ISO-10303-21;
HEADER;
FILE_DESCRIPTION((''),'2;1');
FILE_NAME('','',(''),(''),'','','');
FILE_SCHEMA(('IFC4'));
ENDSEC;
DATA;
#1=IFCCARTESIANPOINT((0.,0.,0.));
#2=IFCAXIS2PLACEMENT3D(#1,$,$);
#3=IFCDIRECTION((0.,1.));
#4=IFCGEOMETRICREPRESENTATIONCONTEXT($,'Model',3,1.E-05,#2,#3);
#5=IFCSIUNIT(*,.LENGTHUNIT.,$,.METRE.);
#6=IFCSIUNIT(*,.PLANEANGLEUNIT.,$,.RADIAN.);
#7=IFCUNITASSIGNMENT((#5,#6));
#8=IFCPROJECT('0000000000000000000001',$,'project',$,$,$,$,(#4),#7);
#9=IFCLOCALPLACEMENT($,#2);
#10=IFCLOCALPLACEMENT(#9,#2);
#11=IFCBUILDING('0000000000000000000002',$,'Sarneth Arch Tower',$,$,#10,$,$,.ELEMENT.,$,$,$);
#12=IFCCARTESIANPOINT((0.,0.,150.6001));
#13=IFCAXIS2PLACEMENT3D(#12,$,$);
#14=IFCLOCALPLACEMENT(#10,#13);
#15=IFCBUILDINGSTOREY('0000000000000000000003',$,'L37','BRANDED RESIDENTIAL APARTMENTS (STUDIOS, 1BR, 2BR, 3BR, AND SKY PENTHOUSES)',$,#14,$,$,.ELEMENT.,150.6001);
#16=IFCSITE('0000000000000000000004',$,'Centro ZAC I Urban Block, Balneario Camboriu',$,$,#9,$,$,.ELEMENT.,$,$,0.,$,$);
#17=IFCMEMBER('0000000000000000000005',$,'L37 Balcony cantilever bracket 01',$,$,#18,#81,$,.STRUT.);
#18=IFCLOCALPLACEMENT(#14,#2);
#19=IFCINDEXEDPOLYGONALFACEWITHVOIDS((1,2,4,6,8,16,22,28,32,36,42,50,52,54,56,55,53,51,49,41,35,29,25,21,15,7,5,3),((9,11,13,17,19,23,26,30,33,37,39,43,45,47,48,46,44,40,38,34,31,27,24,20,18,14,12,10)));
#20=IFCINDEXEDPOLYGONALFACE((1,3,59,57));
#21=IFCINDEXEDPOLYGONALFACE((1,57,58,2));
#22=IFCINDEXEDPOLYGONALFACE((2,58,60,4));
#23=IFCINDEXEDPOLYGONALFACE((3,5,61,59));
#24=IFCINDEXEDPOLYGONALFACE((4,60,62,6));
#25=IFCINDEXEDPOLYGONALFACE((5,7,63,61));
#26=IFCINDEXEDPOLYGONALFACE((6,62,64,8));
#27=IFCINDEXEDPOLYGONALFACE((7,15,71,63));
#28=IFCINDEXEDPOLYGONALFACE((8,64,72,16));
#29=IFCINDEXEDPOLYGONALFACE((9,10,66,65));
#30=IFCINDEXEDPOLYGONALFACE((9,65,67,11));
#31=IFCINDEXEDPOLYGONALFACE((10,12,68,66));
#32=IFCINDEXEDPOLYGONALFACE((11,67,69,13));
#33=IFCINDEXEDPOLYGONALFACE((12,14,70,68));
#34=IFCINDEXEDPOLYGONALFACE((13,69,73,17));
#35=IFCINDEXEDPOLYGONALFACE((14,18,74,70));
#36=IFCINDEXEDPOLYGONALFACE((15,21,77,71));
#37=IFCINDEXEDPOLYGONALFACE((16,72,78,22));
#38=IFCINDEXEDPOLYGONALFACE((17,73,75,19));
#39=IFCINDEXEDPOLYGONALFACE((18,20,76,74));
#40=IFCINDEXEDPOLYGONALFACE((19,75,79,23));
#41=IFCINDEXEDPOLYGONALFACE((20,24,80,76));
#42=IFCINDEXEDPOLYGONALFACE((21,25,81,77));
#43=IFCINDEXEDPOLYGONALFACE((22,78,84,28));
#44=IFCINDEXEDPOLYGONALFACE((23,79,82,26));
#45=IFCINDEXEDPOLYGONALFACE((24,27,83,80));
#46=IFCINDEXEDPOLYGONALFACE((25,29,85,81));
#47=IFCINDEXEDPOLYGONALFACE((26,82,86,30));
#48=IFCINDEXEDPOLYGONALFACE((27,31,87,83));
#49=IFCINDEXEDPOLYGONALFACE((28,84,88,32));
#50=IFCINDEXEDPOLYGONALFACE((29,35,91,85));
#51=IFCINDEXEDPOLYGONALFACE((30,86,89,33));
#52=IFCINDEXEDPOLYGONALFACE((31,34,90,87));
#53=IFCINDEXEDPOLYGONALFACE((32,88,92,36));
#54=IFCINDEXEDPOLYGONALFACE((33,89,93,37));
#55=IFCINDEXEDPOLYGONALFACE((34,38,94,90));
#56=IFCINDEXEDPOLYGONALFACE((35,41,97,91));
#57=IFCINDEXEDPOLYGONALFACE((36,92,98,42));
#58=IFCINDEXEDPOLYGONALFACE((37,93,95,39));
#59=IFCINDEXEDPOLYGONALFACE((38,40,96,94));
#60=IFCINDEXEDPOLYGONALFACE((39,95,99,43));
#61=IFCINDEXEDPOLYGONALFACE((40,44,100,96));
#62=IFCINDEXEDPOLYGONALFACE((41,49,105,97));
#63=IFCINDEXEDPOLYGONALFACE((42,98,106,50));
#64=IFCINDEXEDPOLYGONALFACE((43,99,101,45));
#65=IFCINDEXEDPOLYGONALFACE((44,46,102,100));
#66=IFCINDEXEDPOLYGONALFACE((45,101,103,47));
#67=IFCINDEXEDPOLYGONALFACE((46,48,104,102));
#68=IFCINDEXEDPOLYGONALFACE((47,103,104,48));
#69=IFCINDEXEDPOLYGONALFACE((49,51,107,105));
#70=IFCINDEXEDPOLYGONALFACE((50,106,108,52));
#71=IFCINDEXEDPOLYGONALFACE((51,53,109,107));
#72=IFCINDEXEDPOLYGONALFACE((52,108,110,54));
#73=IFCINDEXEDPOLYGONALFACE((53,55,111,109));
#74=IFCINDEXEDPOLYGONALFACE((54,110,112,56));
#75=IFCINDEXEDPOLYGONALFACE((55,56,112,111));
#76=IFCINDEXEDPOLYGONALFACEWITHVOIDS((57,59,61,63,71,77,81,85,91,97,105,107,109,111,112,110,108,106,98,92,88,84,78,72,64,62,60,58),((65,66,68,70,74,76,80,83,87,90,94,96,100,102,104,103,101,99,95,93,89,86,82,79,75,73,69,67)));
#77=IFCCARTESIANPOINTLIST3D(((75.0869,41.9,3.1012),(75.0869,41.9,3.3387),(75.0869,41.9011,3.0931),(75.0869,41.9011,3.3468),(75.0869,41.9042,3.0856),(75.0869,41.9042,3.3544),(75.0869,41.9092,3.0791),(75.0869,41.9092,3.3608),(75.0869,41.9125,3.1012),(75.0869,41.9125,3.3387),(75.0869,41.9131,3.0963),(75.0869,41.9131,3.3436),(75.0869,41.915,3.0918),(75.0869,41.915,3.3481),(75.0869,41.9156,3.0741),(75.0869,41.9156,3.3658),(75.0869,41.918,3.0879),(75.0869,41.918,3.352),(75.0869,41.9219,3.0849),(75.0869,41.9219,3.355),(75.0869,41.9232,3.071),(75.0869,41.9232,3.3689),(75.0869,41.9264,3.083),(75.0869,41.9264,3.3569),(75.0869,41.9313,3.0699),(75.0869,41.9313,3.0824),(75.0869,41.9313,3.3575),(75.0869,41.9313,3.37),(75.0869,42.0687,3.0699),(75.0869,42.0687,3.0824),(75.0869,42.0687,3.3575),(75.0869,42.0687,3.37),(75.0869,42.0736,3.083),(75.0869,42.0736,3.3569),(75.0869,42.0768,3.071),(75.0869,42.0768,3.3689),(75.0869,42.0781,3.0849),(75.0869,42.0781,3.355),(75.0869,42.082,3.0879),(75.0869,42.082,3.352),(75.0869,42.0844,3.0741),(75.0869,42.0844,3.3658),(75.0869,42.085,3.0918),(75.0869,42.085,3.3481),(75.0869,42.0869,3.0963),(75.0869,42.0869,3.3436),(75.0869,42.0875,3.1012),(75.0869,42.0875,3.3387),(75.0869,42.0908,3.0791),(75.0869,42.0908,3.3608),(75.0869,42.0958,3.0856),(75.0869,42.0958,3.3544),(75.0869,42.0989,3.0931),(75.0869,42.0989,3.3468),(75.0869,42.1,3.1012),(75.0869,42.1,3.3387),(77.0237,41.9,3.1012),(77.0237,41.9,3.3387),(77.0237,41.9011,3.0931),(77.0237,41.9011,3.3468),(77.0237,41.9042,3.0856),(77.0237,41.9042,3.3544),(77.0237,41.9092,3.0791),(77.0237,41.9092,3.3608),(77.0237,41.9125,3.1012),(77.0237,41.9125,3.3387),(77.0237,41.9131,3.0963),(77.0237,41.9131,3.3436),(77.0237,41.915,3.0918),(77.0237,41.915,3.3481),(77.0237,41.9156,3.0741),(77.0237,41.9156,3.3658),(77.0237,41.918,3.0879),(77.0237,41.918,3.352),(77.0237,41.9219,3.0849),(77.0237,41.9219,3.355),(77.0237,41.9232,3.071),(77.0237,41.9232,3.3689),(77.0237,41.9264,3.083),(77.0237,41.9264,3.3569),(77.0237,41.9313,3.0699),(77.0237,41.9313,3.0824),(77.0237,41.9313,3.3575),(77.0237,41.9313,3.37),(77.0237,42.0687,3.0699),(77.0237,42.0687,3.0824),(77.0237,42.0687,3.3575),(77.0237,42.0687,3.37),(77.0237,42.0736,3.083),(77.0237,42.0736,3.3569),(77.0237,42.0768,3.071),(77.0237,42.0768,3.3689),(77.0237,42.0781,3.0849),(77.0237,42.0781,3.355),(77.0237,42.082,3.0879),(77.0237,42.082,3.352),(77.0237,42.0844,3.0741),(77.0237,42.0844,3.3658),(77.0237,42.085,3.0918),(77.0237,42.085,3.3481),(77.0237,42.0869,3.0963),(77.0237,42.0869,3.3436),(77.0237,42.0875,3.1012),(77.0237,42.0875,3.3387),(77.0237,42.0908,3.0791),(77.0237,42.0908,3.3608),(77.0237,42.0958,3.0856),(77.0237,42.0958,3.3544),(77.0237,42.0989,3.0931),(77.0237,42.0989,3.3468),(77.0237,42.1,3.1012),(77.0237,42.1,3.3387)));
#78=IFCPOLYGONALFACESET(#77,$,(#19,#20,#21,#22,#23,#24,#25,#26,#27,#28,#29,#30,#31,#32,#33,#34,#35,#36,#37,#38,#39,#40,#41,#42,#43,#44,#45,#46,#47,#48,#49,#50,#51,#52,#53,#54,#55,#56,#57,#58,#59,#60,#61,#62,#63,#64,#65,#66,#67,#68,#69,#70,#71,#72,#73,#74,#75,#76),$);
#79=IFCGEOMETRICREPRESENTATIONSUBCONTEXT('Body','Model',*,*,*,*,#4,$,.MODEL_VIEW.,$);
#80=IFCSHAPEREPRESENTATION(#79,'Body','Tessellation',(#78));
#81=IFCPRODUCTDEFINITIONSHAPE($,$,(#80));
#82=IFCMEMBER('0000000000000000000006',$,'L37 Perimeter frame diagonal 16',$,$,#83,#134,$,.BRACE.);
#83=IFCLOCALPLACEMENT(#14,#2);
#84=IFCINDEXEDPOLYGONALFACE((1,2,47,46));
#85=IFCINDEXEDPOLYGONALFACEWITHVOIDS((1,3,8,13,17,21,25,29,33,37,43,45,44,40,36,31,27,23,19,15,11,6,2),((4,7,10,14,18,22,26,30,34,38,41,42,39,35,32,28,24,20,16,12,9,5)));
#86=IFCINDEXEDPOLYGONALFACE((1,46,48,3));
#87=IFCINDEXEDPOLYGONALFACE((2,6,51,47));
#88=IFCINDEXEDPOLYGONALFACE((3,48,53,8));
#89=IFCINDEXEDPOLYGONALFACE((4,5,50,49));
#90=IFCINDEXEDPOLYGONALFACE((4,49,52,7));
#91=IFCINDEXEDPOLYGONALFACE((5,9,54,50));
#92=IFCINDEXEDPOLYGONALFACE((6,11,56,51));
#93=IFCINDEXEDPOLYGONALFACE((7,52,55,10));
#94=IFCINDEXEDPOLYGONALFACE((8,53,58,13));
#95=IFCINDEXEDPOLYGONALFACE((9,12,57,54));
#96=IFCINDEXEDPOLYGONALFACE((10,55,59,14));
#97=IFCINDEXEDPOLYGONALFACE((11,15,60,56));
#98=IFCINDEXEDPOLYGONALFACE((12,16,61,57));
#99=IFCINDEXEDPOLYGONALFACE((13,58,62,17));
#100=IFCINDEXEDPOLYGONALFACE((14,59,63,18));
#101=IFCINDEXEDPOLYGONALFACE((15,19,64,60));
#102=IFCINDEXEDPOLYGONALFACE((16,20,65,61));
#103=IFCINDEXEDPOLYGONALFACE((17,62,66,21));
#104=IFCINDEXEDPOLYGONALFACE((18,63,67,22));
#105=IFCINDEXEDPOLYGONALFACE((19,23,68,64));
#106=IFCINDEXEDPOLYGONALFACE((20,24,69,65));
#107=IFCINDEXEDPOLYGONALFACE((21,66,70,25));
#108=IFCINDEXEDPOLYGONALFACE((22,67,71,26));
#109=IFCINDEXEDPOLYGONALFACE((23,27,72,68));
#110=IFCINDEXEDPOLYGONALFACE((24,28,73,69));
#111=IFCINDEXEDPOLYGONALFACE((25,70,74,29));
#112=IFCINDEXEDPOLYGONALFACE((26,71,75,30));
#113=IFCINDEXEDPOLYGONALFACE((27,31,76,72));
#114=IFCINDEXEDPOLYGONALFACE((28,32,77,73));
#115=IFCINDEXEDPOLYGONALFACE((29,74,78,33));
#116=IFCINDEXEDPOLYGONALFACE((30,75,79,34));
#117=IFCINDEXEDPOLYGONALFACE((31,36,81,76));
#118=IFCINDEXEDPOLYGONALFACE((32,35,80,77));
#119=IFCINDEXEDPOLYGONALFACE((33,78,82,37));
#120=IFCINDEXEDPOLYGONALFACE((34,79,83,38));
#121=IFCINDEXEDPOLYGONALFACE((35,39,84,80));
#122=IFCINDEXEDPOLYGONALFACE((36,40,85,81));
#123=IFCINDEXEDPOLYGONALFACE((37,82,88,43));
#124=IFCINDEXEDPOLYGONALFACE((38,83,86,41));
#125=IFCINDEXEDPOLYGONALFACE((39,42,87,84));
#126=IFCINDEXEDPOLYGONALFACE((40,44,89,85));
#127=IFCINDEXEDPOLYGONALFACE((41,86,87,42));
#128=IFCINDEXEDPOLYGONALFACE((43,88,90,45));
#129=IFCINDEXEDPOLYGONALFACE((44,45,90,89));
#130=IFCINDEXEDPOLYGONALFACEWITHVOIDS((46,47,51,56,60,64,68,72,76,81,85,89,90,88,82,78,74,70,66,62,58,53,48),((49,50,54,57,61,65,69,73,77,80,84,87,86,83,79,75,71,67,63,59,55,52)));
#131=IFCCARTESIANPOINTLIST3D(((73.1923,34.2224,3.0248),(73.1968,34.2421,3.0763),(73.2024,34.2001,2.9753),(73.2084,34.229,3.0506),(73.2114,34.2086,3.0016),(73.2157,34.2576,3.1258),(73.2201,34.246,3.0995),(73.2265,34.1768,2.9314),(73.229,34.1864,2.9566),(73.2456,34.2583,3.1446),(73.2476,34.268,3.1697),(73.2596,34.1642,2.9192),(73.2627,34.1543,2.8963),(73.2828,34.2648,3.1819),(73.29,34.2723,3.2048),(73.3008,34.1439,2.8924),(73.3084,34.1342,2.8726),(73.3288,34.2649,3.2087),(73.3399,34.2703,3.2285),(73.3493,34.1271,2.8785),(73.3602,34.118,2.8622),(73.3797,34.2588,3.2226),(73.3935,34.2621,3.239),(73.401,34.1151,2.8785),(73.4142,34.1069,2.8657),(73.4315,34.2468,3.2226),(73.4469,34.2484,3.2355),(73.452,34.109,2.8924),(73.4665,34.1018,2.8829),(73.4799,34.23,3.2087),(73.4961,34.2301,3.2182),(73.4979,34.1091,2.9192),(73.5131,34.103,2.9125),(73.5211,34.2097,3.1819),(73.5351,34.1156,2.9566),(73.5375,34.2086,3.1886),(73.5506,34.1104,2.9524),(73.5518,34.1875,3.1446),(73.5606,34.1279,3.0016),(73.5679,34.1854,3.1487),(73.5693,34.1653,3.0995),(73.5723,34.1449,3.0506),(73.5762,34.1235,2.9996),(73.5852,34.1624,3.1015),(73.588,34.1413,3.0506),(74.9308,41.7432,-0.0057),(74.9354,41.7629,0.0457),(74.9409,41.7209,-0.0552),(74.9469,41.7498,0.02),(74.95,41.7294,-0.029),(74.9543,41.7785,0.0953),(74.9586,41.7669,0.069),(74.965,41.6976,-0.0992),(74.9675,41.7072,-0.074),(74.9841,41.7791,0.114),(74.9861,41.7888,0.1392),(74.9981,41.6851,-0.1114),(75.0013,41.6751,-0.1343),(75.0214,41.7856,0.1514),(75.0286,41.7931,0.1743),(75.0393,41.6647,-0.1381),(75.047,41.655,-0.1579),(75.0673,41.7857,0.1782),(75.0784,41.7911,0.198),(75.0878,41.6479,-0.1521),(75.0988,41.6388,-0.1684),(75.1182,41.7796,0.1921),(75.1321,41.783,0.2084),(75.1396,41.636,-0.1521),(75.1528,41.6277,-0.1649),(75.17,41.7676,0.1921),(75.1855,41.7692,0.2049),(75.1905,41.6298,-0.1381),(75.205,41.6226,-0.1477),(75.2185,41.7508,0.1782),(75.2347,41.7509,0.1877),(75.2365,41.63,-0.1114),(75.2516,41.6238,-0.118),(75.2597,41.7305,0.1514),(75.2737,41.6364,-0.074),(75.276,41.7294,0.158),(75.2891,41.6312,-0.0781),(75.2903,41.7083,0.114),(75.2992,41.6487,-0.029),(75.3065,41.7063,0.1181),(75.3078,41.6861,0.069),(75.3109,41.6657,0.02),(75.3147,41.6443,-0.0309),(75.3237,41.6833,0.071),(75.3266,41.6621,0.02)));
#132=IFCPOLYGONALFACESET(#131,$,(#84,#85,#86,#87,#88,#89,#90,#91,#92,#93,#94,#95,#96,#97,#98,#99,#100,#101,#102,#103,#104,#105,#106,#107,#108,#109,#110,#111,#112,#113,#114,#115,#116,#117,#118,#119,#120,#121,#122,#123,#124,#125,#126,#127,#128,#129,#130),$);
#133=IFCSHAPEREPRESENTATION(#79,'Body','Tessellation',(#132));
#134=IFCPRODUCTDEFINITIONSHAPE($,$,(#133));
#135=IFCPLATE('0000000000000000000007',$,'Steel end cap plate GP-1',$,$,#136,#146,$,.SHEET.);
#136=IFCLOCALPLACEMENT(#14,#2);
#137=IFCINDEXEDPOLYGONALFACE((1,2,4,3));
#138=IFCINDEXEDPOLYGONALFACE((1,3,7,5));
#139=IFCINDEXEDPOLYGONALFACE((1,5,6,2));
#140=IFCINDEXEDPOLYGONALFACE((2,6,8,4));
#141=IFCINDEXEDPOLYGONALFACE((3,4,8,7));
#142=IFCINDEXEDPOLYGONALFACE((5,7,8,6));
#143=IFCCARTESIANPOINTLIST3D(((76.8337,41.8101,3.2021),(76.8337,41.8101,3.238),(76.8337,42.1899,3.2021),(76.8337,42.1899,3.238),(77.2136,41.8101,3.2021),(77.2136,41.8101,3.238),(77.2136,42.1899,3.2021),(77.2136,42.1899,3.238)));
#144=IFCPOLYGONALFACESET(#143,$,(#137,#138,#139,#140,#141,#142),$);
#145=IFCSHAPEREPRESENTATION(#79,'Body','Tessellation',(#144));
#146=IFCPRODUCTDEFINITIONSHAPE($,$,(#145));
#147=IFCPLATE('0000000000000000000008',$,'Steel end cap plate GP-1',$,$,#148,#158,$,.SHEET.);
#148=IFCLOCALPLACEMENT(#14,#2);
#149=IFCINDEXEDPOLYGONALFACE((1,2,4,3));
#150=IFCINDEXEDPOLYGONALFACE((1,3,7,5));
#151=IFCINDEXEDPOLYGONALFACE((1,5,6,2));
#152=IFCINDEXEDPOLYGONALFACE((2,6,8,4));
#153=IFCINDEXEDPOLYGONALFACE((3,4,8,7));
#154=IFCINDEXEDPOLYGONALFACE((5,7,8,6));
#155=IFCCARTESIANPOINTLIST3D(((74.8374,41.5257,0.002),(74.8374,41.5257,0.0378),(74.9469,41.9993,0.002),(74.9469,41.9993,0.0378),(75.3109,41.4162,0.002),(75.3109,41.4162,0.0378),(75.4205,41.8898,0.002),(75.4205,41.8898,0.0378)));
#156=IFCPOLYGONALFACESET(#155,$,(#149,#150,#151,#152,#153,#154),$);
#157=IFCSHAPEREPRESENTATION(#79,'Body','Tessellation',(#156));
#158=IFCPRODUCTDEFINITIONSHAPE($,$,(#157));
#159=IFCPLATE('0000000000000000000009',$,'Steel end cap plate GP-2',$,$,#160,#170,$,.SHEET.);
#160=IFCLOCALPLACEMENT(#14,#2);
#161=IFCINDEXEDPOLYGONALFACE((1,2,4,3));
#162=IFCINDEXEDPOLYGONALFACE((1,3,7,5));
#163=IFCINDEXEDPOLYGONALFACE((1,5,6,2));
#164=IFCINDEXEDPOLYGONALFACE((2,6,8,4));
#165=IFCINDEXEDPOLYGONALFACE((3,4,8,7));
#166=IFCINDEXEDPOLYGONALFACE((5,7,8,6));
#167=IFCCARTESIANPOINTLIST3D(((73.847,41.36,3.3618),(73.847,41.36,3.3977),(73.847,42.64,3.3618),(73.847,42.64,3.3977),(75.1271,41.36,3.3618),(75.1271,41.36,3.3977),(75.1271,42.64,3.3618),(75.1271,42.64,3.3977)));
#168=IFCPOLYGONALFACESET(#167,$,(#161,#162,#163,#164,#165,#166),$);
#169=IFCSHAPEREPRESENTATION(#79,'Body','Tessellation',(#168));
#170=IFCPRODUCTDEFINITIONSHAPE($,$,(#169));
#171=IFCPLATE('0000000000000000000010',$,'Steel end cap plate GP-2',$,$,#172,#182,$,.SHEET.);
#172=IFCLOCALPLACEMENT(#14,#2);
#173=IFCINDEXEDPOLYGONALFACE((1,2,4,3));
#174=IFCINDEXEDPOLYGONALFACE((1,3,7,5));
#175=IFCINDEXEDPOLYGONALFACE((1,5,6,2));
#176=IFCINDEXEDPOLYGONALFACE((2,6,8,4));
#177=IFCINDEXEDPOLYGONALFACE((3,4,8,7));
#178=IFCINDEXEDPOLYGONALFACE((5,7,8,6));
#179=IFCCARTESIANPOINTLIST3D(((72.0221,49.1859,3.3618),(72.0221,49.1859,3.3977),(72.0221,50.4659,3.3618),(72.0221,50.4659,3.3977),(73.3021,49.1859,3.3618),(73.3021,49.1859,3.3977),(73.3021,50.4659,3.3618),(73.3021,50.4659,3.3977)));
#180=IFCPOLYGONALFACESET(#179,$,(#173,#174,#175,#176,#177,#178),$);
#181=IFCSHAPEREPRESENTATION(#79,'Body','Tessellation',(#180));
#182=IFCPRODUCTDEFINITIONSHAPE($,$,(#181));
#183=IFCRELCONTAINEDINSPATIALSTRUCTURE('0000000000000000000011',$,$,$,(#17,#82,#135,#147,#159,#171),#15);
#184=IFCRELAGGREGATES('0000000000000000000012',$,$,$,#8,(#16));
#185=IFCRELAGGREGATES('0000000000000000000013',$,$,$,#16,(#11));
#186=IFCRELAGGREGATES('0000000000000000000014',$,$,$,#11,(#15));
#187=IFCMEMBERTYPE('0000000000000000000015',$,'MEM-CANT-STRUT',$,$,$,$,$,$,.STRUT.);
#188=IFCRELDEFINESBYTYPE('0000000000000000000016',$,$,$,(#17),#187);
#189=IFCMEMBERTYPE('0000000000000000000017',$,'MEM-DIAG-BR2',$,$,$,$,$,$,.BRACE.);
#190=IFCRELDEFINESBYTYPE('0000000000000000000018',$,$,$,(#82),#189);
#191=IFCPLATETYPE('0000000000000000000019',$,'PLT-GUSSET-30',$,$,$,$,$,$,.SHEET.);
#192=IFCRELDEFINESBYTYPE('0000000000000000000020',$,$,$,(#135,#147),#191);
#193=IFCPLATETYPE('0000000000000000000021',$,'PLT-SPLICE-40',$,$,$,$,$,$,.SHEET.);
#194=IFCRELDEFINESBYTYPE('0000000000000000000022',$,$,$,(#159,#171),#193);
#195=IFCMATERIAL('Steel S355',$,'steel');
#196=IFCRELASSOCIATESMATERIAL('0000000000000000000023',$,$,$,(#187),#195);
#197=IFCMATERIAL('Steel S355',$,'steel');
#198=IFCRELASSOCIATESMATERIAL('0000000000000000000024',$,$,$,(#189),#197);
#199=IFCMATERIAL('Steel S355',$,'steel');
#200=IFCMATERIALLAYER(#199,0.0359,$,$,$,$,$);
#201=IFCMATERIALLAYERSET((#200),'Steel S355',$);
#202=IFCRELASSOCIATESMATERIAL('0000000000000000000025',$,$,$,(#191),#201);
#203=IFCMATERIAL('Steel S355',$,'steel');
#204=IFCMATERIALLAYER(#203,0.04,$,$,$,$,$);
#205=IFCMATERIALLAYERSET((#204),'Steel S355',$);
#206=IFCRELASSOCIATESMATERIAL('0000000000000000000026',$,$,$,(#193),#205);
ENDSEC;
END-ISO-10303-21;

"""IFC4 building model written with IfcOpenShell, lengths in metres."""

from ifc_helpers import new_model, si_unit, direction, frame, origin, origin_2d, place, context, subcontext, project, spatial, rectangle, hollow_rectangle, hollow_circle, extrude, material, layer, layer_set, material_profile, profile_set, type_object, element, save


model = new_model("IFC4")

# Units and contexts
model_context = context("Model", 3, precision=1e-05, world=origin(), true_north=direction((0.0, 1.0)))
body_context = subcontext(model_context, "Body", "Model", "MODEL_VIEW")
ifc_project = project(units=[si_unit("LENGTHUNIT", "METRE"), si_unit("PLANEANGLEUNIT", "RADIAN")], contexts=[model_context])

# Site, building, storey
site_placement = place(None, origin())
site = spatial("IfcSite", under=ifc_project, at=site_placement, Name="Centro ZAC I Urban Block, Balneario Camboriu", CompositionType="ELEMENT", RefElevation=0.0)
building_placement = place(site_placement, origin())
building = spatial("IfcBuilding", under=site, at=building_placement, Name="Sarneth Arch Tower", CompositionType="ELEMENT")
storey_placement = place(building_placement, frame((0.0, 0.0, 150.6001)))
storey = spatial("IfcBuildingStorey", under=building, at=storey_placement, Name="L37", Description="BRANDED RESIDENTIAL APARTMENTS (STUDIOS, 1BR, 2BR, 3BR, AND SKY PENTHOUSES)", CompositionType="ELEMENT", Elevation=150.6001)

# Members
ifc_material_1 = material(Name="Steel S355", Category="steel")
ifc_material_profile_1 = material_profile(ifc_material_1, hollow_rectangle(XDim=0.2, YDim=0.3, WallThickness=0.0125, InnerFilletRadius=0.0188, OuterFilletRadius=0.0312, at=origin_2d()), Name="RHS300x200x12.5")
ifc_profile_set_1 = profile_set([ifc_material_profile_1], Name="Steel S355")
member_type_1 = type_object("IfcMemberType", Name="MEM-CANT-STRUT", PredefinedType="STRUT", material=ifc_profile_set_1)
member_1_placement = place(storey_placement, frame((75.0869, 42.0, 3.22), z_axis=(1.0, 0.0, 0.0), x_axis=(0.0, 1.0, 0.0)))
element("IfcMember", 1, at=member_1_placement, inside=storey, type_object=member_type_1, Name="L37 Balcony cantilever bracket 01", PredefinedType="STRUT", context=body_context, shape_type="SweptSolid", body=[
    extrude(hollow_rectangle(XDim=0.2, YDim=0.3, WallThickness=0.0125, InnerFilletRadius=0.0188, OuterFilletRadius=0.0312, at=origin_2d()), origin(), (0.0, 0.0, 1.0), 1.9368),
])
ifc_material_2 = material(Name="Steel S355", Category="steel")
ifc_material_profile_2 = material_profile(ifc_material_2, hollow_circle(Radius=0.2029, WallThickness=0.0161, at=origin_2d()), Name="CHS406x16")
ifc_profile_set_2 = profile_set([ifc_material_profile_2], Name="Steel S355")
member_type_2 = type_object("IfcMemberType", Name="MEM-DIAG-BR2", PredefinedType="BRACE", material=ifc_profile_set_2)
member_2_placement = place(storey_placement, frame((75.1289, 41.7078, 0.02), z_axis=(-0.209646, -0.906917, 0.365446), x_axis=(0.974307, -0.225224, 0.0)))
element("IfcMember", 2, at=member_2_placement, inside=storey, type_object=member_type_2, Name="L37 Perimeter frame diagonal 16", PredefinedType="BRACE", context=body_context, shape_type="SweptSolid", body=[
    extrude(hollow_circle(Radius=0.2029, WallThickness=0.0161, at=origin_2d()), origin(), (0.0, 0.0, 1.0), 8.2927),
])

# Plates
ifc_material_3 = material(Name="Steel S355", Category="steel")
ifc_layer_1 = layer(ifc_material_3, 0.0359)
ifc_layer_set_1 = layer_set([ifc_layer_1], Name="Steel S355")
plate_type_1 = type_object("IfcPlateType", Name="PLT-GUSSET-30", PredefinedType="SHEET", material=ifc_layer_set_1)
plate_1_placement = place(storey_placement, frame((77.0237, 42.0, 3.2021), z_axis=(0.0, 0.0, 1.0), x_axis=(1.0, 0.0, 0.0)))
element("IfcPlate", 3, at=plate_1_placement, inside=storey, type_object=plate_type_1, Name="Steel end cap plate GP-1", PredefinedType="SHEET", context=body_context, shape_type="SweptSolid", body=[
    extrude(rectangle(XDim=0.3799, YDim=0.3799, at=origin_2d()), origin(), (0.0, 0.0, 1.0), 0.0359),
])
plate_2_placement = place(storey_placement, frame((75.1289, 41.7078, 0.002), z_axis=(0.0, 0.0, 1.0), x_axis=(0.225291, 0.974291, 0.0)))
element("IfcPlate", 4, at=plate_2_placement, inside=storey, type_object=plate_type_1, Name="Steel end cap plate GP-1", PredefinedType="SHEET", context=body_context, shape_type="SweptSolid", body=[
    extrude(rectangle(XDim=0.4861, YDim=0.4861, at=origin_2d()), origin(), (0.0, 0.0, 1.0), 0.0359),
])
ifc_material_4 = material(Name="Steel S355", Category="steel")
ifc_layer_2 = layer(ifc_material_4, 0.04)
ifc_layer_set_2 = layer_set([ifc_layer_2], Name="Steel S355")
plate_type_2 = type_object("IfcPlateType", Name="PLT-SPLICE-40", PredefinedType="SHEET", material=ifc_layer_set_2)
for number, where, z_axis, x_axis, name in (
    (5, (74.4871, 42.0, 3.3618), (0.0, 0.0, 1.0), (1.0, 0.0, 0.0), "Steel end cap plate GP-2"),
    (6, (72.6621, 49.8259, 3.3618), (0.0, 0.0, 1.0), (1.0, 0.0, 0.0), "Steel end cap plate GP-2"),
):
    element("IfcPlate", number, at=place(storey_placement, frame(where, z_axis=z_axis, x_axis=x_axis)), inside=storey, type_object=plate_type_2, Name=name, PredefinedType="SHEET", context=body_context, shape_type="SweptSolid", body=[
        extrude(rectangle(XDim=1.28, YDim=1.28, at=origin_2d()), origin(), (0.0, 0.0, 1.0), 0.0359),
    ])

save(model, "model.ifc")
